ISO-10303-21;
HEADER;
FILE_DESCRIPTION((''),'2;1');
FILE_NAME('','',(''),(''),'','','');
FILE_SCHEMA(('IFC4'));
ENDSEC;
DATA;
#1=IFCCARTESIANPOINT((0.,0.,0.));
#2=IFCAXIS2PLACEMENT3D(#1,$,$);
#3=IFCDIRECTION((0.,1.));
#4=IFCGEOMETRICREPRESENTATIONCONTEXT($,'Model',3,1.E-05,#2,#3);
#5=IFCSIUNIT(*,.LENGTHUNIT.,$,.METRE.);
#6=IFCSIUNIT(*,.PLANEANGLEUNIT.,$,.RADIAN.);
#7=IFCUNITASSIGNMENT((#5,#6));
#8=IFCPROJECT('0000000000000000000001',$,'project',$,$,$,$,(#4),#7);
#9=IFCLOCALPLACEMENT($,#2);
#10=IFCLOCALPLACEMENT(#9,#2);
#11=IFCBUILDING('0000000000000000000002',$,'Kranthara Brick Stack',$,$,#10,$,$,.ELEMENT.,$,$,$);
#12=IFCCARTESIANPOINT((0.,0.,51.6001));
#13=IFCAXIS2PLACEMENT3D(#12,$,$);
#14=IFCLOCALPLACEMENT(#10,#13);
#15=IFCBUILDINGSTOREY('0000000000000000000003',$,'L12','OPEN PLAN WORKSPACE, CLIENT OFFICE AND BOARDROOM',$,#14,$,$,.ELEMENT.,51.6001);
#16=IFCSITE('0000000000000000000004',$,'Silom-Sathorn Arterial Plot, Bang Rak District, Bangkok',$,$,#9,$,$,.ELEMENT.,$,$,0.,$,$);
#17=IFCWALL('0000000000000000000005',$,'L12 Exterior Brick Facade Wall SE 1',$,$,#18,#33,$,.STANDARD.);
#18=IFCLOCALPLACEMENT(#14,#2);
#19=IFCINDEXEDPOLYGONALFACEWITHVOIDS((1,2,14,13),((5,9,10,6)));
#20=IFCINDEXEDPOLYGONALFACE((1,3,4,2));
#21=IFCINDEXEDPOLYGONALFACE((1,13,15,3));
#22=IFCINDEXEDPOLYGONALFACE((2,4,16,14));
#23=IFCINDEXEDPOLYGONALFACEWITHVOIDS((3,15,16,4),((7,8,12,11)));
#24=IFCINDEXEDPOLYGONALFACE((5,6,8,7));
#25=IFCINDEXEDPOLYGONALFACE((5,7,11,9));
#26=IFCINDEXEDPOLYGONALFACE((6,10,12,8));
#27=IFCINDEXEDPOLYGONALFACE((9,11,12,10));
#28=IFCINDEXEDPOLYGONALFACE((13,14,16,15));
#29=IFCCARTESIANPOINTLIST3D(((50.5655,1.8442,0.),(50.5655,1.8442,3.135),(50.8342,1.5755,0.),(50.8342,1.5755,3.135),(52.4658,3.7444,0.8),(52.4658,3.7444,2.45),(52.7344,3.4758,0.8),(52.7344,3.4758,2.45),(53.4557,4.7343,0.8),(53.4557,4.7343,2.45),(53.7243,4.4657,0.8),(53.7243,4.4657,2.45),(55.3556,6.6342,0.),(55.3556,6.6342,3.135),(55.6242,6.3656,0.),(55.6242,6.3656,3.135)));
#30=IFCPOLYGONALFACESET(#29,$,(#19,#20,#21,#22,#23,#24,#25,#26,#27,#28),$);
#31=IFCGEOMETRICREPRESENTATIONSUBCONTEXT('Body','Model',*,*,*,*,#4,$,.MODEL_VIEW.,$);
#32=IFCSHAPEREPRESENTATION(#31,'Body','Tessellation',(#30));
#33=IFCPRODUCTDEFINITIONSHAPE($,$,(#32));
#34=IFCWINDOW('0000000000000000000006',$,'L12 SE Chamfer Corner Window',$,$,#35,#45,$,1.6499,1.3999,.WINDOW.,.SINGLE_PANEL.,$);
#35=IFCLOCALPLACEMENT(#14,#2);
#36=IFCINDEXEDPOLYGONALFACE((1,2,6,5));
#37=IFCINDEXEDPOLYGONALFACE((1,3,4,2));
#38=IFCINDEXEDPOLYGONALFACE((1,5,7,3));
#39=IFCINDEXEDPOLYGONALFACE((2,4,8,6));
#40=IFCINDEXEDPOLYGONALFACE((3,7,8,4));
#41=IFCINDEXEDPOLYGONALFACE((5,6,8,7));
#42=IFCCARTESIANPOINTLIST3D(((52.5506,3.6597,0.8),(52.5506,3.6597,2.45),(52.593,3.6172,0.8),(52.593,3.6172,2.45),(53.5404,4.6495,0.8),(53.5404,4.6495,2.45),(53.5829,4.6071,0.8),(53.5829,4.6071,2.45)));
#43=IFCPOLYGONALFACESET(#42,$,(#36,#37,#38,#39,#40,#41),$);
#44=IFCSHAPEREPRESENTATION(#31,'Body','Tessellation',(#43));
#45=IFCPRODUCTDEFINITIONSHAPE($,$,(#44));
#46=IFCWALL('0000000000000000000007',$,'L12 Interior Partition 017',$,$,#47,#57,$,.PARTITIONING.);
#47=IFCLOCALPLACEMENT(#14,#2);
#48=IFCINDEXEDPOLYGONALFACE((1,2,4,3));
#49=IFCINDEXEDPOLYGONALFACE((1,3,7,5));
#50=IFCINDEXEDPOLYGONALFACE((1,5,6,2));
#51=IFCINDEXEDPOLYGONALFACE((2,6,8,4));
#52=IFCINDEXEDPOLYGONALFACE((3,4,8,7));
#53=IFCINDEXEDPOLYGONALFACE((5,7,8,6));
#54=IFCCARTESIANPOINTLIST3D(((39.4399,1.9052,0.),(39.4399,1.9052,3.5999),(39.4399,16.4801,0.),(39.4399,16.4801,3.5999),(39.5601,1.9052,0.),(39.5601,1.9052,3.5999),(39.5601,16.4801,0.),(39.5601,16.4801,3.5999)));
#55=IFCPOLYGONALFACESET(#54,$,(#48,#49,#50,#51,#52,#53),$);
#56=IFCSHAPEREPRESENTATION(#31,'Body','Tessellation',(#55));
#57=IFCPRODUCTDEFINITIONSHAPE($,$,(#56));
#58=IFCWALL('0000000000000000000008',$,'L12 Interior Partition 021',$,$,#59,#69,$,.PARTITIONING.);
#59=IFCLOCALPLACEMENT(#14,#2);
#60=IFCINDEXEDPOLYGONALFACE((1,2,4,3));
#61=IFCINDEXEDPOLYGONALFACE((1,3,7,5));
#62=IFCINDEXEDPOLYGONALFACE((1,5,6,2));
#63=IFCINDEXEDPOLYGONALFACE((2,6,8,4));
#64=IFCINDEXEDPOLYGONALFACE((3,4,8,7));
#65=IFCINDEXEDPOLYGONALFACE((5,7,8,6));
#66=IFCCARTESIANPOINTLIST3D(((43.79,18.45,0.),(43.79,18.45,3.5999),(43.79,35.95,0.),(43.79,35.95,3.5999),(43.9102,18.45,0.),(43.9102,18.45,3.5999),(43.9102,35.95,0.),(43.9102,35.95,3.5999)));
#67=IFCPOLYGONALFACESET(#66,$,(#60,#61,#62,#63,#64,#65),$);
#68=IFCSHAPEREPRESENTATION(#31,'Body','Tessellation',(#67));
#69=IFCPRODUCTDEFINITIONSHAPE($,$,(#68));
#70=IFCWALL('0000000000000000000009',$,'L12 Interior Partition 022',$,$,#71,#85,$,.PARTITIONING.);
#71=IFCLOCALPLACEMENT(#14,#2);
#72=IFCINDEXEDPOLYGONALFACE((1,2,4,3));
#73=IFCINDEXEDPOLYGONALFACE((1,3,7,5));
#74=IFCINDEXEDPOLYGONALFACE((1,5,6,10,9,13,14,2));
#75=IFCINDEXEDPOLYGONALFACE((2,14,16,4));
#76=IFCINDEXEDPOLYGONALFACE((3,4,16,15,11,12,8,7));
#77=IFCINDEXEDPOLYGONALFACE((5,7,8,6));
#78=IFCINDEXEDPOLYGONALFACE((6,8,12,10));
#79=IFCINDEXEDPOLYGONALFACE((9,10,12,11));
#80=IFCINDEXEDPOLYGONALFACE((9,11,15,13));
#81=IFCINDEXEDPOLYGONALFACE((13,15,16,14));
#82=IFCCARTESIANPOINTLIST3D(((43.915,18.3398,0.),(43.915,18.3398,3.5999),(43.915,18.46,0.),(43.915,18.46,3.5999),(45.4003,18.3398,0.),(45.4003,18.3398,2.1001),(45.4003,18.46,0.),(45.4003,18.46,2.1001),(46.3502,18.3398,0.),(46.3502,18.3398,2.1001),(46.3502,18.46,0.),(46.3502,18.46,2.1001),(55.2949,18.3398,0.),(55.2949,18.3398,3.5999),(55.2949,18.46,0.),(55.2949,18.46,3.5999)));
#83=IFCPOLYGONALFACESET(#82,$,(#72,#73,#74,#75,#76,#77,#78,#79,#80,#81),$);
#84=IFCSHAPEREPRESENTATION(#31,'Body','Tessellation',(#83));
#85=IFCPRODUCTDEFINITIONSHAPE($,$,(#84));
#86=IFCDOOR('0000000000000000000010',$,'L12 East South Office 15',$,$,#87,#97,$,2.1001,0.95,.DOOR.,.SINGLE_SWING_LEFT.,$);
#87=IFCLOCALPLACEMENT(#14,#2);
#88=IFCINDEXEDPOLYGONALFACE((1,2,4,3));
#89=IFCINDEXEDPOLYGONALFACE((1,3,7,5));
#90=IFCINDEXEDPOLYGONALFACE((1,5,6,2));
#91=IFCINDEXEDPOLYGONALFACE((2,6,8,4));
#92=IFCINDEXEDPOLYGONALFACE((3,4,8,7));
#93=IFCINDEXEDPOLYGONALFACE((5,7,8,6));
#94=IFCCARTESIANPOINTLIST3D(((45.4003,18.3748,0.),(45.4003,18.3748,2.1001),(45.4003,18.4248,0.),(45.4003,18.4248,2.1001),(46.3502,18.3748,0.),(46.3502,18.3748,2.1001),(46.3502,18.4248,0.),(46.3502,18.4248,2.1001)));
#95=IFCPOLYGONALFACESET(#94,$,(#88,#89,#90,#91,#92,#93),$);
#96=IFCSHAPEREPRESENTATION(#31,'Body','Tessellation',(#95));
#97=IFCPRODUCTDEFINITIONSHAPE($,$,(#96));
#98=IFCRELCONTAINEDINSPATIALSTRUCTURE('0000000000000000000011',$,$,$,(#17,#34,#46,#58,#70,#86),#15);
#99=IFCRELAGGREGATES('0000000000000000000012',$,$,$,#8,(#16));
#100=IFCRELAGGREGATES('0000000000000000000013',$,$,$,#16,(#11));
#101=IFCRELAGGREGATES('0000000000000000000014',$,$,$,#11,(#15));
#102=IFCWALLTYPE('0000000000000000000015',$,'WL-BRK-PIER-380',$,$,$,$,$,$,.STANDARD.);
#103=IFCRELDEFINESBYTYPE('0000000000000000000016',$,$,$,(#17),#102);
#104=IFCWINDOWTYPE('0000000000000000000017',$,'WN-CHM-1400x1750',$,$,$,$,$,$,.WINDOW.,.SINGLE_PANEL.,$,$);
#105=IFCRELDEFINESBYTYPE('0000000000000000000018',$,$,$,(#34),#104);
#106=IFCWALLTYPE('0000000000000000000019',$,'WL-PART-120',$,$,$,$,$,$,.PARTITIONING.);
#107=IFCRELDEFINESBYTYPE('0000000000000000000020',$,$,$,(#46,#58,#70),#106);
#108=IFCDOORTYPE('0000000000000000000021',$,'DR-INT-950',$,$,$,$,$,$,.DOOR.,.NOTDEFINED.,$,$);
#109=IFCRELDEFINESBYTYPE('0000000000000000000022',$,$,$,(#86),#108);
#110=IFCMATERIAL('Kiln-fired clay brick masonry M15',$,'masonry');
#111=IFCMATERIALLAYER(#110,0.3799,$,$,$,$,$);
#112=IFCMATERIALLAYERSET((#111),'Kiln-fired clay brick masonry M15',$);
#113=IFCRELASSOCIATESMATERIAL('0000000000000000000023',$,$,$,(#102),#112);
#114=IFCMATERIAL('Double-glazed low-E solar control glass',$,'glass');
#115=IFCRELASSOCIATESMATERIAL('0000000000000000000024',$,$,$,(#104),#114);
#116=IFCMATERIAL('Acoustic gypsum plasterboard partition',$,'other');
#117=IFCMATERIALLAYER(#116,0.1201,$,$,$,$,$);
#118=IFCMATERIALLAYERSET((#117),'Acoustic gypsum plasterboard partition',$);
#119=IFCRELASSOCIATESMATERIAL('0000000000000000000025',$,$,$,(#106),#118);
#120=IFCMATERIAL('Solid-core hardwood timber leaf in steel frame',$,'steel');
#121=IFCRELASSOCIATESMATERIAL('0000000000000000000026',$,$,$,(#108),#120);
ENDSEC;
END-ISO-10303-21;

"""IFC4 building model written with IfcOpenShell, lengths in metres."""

from ifc_helpers import new_model, si_unit, direction, frame, frame_2d, origin, place, context, subcontext, project, spatial, rectangle, extrude, material, layer, layer_set, type_object, element, fill, save


model = new_model("IFC4")

# Units and contexts
model_context = context("Model", 3, precision=1e-05, world=origin(), true_north=direction((0.0, 1.0)))
body_context = subcontext(model_context, "Body", "Model", "MODEL_VIEW")
ifc_project = project(units=[si_unit("LENGTHUNIT", "METRE"), si_unit("PLANEANGLEUNIT", "RADIAN")], contexts=[model_context])

# Site, building, storey
site_placement = place(None, origin())
site = spatial("IfcSite", under=ifc_project, at=site_placement, Name="Silom-Sathorn Arterial Plot, Bang Rak District, Bangkok", CompositionType="ELEMENT", RefElevation=0.0)
building_placement = place(site_placement, origin())
building = spatial("IfcBuilding", under=site, at=building_placement, Name="Kranthara Brick Stack", CompositionType="ELEMENT")
storey_placement = place(building_placement, frame((0.0, 0.0, 51.6001)))
storey = spatial("IfcBuildingStorey", under=building, at=storey_placement, Name="L12", Description="OPEN PLAN WORKSPACE, CLIENT OFFICE AND BOARDROOM", CompositionType="ELEMENT", Elevation=51.6001)

# Shared definitions
ifc_material_1 = material(Name="Kiln-fired clay brick masonry M15", Category="masonry")
ifc_layer_1 = layer(ifc_material_1, 0.3799)
ifc_layer_set_1 = layer_set([ifc_layer_1], Name="Kiln-fired clay brick masonry M15")
wall_type_1 = type_object("IfcWallType", Name="WL-BRK-PIER-380", PredefinedType="STANDARD", material=ifc_layer_set_1)

# Wall, opening, window
wall_1_placement = place(storey_placement, frame((55.49, 6.5, 0.0), z_axis=(0.0, 0.0, 1.0), x_axis=(-0.707107, -0.707107, 0.0)))
wall_1 = element("IfcWall", 1, at=wall_1_placement, inside=storey, type_object=wall_type_1, Name="L12 Exterior Brick Facade Wall SE 1", PredefinedType="STANDARD", context=body_context, shape_type="SweptSolid", body=[
    extrude(rectangle(XDim=6.7742, YDim=0.3799, at=frame_2d((3.3872, 0.0))), origin(), (0.0, 0.0, 1.0), 3.135),
])
opening_1_placement = place(wall_1_placement, frame((2.687, 0.0, 0.8)))
opening_1 = element("IfcOpeningElement", 2, at=opening_1_placement, cuts=wall_1, PredefinedType="OPENING", context=body_context, shape_type="SweptSolid", body=[
    extrude(rectangle(XDim=1.3999, YDim=1.6499, at=frame_2d((0.7, 0.825))), frame((0.0, 0.2, 0.0), z_axis=(0.0, -1.0, 0.0), x_axis=(1.0, 0.0, 0.0)), (0.0, 0.0, 1.0), 0.3999),
])
ifc_material_2 = material(Name="Double-glazed low-E solar control glass", Category="glass")
window_type_1 = type_object("IfcWindowType", Name="WN-CHM-1400x1750", PartitioningType="SINGLE_PANEL", PredefinedType="WINDOW", material=ifc_material_2)
window_1_placement = place(opening_1_placement, origin())
window_1 = element("IfcWindow", 3, at=window_1_placement, inside=storey, type_object=window_type_1, Name="L12 SE Chamfer Corner Window", OverallHeight=1.6499, OverallWidth=1.3999, PartitioningType="SINGLE_PANEL", PredefinedType="WINDOW", context=body_context, shape_type="SweptSolid", body=[
    extrude(rectangle(XDim=1.3999, YDim=1.6499, at=frame_2d((0.7, 0.825))), frame((0.0, -0.01, 0.0), z_axis=(0.0, -1.0, 0.0), x_axis=(1.0, 0.0, 0.0)), (0.0, 0.0, 1.0), 0.0601),
])
fill(opening_1, window_1)

# Walls
ifc_material_3 = material(Name="Acoustic gypsum plasterboard partition", Category="other")
ifc_layer_2 = layer(ifc_material_3, 0.1201)
ifc_layer_set_2 = layer_set([ifc_layer_2], Name="Acoustic gypsum plasterboard partition")
wall_type_2 = type_object("IfcWallType", Name="WL-PART-120", PredefinedType="PARTITIONING", material=ifc_layer_set_2)
wall_2_placement = place(storey_placement, frame((39.5, 1.905, 0.0), z_axis=(0.0, 0.0, 1.0), x_axis=(0.0, 1.0, 0.0)))
element("IfcWall", 4, at=wall_2_placement, inside=storey, type_object=wall_type_2, Name="L12 Interior Partition 017", PredefinedType="PARTITIONING", context=body_context, shape_type="SweptSolid", body=[
    extrude(rectangle(XDim=14.575, YDim=0.1201, at=frame_2d((7.2876, 0.0))), origin(), (0.0, 0.0, 1.0), 3.5999),
])
wall_3_placement = place(storey_placement, frame((43.8501, 18.45, 0.0), z_axis=(0.0, 0.0, 1.0), x_axis=(0.0, 1.0, 0.0)))
element("IfcWall", 5, at=wall_3_placement, inside=storey, type_object=wall_type_2, Name="L12 Interior Partition 021", PredefinedType="PARTITIONING", context=body_context, shape_type="SweptSolid", body=[
    extrude(rectangle(XDim=17.5, YDim=0.1201, at=frame_2d((8.75, 0.0))), origin(), (0.0, 0.0, 1.0), 3.5999),
])

# Wall, opening, door
wall_4_placement = place(storey_placement, frame((43.915, 18.3999, 0.0), z_axis=(0.0, 0.0, 1.0), x_axis=(1.0, 0.0, 0.0)))
wall_4 = element("IfcWall", 6, at=wall_4_placement, inside=storey, type_object=wall_type_2, Name="L12 Interior Partition 022", PredefinedType="PARTITIONING", context=body_context, shape_type="SweptSolid", body=[
    extrude(rectangle(XDim=11.3799, YDim=0.1201, at=frame_2d((5.6899, 0.0))), origin(), (0.0, 0.0, 1.0), 3.5999),
])
opening_2_placement = place(wall_4_placement, frame((1.4851, 0.0, 0.0)))
opening_2 = element("IfcOpeningElement", 7, at=opening_2_placement, cuts=wall_4, PredefinedType="OPENING", context=body_context, shape_type="SweptSolid", body=[
    extrude(rectangle(XDim=0.95, YDim=2.1001, at=frame_2d((0.4751, 1.05))), frame((0.0, 0.0701, 0.0), z_axis=(0.0, -1.0, 0.0), x_axis=(1.0, 0.0, 0.0)), (0.0, 0.0, 1.0), 0.1401),
])
ifc_material_4 = material(Name="Solid-core hardwood timber leaf in steel frame", Category="steel")
door_type_1 = type_object("IfcDoorType", Name="DR-INT-950", OperationType="NOTDEFINED", PredefinedType="DOOR", material=ifc_material_4)
door_1_placement = place(opening_2_placement, origin())
door_1 = element("IfcDoor", 8, at=door_1_placement, inside=storey, type_object=door_type_1, Name="L12 East South Office 15", OperationType="SINGLE_SWING_LEFT", OverallHeight=2.1001, OverallWidth=0.95, PredefinedType="DOOR", context=body_context, shape_type="SweptSolid", body=[
    extrude(rectangle(XDim=0.95, YDim=2.1001, at=frame_2d((0.4751, 1.05))), frame((0.0, 0.0249, 0.0), z_axis=(0.0, -1.0, 0.0), x_axis=(1.0, 0.0, 0.0)), (0.0, 0.0, 1.0), 0.05),
])
fill(opening_2, door_1)

save(model, "model.ifc")
